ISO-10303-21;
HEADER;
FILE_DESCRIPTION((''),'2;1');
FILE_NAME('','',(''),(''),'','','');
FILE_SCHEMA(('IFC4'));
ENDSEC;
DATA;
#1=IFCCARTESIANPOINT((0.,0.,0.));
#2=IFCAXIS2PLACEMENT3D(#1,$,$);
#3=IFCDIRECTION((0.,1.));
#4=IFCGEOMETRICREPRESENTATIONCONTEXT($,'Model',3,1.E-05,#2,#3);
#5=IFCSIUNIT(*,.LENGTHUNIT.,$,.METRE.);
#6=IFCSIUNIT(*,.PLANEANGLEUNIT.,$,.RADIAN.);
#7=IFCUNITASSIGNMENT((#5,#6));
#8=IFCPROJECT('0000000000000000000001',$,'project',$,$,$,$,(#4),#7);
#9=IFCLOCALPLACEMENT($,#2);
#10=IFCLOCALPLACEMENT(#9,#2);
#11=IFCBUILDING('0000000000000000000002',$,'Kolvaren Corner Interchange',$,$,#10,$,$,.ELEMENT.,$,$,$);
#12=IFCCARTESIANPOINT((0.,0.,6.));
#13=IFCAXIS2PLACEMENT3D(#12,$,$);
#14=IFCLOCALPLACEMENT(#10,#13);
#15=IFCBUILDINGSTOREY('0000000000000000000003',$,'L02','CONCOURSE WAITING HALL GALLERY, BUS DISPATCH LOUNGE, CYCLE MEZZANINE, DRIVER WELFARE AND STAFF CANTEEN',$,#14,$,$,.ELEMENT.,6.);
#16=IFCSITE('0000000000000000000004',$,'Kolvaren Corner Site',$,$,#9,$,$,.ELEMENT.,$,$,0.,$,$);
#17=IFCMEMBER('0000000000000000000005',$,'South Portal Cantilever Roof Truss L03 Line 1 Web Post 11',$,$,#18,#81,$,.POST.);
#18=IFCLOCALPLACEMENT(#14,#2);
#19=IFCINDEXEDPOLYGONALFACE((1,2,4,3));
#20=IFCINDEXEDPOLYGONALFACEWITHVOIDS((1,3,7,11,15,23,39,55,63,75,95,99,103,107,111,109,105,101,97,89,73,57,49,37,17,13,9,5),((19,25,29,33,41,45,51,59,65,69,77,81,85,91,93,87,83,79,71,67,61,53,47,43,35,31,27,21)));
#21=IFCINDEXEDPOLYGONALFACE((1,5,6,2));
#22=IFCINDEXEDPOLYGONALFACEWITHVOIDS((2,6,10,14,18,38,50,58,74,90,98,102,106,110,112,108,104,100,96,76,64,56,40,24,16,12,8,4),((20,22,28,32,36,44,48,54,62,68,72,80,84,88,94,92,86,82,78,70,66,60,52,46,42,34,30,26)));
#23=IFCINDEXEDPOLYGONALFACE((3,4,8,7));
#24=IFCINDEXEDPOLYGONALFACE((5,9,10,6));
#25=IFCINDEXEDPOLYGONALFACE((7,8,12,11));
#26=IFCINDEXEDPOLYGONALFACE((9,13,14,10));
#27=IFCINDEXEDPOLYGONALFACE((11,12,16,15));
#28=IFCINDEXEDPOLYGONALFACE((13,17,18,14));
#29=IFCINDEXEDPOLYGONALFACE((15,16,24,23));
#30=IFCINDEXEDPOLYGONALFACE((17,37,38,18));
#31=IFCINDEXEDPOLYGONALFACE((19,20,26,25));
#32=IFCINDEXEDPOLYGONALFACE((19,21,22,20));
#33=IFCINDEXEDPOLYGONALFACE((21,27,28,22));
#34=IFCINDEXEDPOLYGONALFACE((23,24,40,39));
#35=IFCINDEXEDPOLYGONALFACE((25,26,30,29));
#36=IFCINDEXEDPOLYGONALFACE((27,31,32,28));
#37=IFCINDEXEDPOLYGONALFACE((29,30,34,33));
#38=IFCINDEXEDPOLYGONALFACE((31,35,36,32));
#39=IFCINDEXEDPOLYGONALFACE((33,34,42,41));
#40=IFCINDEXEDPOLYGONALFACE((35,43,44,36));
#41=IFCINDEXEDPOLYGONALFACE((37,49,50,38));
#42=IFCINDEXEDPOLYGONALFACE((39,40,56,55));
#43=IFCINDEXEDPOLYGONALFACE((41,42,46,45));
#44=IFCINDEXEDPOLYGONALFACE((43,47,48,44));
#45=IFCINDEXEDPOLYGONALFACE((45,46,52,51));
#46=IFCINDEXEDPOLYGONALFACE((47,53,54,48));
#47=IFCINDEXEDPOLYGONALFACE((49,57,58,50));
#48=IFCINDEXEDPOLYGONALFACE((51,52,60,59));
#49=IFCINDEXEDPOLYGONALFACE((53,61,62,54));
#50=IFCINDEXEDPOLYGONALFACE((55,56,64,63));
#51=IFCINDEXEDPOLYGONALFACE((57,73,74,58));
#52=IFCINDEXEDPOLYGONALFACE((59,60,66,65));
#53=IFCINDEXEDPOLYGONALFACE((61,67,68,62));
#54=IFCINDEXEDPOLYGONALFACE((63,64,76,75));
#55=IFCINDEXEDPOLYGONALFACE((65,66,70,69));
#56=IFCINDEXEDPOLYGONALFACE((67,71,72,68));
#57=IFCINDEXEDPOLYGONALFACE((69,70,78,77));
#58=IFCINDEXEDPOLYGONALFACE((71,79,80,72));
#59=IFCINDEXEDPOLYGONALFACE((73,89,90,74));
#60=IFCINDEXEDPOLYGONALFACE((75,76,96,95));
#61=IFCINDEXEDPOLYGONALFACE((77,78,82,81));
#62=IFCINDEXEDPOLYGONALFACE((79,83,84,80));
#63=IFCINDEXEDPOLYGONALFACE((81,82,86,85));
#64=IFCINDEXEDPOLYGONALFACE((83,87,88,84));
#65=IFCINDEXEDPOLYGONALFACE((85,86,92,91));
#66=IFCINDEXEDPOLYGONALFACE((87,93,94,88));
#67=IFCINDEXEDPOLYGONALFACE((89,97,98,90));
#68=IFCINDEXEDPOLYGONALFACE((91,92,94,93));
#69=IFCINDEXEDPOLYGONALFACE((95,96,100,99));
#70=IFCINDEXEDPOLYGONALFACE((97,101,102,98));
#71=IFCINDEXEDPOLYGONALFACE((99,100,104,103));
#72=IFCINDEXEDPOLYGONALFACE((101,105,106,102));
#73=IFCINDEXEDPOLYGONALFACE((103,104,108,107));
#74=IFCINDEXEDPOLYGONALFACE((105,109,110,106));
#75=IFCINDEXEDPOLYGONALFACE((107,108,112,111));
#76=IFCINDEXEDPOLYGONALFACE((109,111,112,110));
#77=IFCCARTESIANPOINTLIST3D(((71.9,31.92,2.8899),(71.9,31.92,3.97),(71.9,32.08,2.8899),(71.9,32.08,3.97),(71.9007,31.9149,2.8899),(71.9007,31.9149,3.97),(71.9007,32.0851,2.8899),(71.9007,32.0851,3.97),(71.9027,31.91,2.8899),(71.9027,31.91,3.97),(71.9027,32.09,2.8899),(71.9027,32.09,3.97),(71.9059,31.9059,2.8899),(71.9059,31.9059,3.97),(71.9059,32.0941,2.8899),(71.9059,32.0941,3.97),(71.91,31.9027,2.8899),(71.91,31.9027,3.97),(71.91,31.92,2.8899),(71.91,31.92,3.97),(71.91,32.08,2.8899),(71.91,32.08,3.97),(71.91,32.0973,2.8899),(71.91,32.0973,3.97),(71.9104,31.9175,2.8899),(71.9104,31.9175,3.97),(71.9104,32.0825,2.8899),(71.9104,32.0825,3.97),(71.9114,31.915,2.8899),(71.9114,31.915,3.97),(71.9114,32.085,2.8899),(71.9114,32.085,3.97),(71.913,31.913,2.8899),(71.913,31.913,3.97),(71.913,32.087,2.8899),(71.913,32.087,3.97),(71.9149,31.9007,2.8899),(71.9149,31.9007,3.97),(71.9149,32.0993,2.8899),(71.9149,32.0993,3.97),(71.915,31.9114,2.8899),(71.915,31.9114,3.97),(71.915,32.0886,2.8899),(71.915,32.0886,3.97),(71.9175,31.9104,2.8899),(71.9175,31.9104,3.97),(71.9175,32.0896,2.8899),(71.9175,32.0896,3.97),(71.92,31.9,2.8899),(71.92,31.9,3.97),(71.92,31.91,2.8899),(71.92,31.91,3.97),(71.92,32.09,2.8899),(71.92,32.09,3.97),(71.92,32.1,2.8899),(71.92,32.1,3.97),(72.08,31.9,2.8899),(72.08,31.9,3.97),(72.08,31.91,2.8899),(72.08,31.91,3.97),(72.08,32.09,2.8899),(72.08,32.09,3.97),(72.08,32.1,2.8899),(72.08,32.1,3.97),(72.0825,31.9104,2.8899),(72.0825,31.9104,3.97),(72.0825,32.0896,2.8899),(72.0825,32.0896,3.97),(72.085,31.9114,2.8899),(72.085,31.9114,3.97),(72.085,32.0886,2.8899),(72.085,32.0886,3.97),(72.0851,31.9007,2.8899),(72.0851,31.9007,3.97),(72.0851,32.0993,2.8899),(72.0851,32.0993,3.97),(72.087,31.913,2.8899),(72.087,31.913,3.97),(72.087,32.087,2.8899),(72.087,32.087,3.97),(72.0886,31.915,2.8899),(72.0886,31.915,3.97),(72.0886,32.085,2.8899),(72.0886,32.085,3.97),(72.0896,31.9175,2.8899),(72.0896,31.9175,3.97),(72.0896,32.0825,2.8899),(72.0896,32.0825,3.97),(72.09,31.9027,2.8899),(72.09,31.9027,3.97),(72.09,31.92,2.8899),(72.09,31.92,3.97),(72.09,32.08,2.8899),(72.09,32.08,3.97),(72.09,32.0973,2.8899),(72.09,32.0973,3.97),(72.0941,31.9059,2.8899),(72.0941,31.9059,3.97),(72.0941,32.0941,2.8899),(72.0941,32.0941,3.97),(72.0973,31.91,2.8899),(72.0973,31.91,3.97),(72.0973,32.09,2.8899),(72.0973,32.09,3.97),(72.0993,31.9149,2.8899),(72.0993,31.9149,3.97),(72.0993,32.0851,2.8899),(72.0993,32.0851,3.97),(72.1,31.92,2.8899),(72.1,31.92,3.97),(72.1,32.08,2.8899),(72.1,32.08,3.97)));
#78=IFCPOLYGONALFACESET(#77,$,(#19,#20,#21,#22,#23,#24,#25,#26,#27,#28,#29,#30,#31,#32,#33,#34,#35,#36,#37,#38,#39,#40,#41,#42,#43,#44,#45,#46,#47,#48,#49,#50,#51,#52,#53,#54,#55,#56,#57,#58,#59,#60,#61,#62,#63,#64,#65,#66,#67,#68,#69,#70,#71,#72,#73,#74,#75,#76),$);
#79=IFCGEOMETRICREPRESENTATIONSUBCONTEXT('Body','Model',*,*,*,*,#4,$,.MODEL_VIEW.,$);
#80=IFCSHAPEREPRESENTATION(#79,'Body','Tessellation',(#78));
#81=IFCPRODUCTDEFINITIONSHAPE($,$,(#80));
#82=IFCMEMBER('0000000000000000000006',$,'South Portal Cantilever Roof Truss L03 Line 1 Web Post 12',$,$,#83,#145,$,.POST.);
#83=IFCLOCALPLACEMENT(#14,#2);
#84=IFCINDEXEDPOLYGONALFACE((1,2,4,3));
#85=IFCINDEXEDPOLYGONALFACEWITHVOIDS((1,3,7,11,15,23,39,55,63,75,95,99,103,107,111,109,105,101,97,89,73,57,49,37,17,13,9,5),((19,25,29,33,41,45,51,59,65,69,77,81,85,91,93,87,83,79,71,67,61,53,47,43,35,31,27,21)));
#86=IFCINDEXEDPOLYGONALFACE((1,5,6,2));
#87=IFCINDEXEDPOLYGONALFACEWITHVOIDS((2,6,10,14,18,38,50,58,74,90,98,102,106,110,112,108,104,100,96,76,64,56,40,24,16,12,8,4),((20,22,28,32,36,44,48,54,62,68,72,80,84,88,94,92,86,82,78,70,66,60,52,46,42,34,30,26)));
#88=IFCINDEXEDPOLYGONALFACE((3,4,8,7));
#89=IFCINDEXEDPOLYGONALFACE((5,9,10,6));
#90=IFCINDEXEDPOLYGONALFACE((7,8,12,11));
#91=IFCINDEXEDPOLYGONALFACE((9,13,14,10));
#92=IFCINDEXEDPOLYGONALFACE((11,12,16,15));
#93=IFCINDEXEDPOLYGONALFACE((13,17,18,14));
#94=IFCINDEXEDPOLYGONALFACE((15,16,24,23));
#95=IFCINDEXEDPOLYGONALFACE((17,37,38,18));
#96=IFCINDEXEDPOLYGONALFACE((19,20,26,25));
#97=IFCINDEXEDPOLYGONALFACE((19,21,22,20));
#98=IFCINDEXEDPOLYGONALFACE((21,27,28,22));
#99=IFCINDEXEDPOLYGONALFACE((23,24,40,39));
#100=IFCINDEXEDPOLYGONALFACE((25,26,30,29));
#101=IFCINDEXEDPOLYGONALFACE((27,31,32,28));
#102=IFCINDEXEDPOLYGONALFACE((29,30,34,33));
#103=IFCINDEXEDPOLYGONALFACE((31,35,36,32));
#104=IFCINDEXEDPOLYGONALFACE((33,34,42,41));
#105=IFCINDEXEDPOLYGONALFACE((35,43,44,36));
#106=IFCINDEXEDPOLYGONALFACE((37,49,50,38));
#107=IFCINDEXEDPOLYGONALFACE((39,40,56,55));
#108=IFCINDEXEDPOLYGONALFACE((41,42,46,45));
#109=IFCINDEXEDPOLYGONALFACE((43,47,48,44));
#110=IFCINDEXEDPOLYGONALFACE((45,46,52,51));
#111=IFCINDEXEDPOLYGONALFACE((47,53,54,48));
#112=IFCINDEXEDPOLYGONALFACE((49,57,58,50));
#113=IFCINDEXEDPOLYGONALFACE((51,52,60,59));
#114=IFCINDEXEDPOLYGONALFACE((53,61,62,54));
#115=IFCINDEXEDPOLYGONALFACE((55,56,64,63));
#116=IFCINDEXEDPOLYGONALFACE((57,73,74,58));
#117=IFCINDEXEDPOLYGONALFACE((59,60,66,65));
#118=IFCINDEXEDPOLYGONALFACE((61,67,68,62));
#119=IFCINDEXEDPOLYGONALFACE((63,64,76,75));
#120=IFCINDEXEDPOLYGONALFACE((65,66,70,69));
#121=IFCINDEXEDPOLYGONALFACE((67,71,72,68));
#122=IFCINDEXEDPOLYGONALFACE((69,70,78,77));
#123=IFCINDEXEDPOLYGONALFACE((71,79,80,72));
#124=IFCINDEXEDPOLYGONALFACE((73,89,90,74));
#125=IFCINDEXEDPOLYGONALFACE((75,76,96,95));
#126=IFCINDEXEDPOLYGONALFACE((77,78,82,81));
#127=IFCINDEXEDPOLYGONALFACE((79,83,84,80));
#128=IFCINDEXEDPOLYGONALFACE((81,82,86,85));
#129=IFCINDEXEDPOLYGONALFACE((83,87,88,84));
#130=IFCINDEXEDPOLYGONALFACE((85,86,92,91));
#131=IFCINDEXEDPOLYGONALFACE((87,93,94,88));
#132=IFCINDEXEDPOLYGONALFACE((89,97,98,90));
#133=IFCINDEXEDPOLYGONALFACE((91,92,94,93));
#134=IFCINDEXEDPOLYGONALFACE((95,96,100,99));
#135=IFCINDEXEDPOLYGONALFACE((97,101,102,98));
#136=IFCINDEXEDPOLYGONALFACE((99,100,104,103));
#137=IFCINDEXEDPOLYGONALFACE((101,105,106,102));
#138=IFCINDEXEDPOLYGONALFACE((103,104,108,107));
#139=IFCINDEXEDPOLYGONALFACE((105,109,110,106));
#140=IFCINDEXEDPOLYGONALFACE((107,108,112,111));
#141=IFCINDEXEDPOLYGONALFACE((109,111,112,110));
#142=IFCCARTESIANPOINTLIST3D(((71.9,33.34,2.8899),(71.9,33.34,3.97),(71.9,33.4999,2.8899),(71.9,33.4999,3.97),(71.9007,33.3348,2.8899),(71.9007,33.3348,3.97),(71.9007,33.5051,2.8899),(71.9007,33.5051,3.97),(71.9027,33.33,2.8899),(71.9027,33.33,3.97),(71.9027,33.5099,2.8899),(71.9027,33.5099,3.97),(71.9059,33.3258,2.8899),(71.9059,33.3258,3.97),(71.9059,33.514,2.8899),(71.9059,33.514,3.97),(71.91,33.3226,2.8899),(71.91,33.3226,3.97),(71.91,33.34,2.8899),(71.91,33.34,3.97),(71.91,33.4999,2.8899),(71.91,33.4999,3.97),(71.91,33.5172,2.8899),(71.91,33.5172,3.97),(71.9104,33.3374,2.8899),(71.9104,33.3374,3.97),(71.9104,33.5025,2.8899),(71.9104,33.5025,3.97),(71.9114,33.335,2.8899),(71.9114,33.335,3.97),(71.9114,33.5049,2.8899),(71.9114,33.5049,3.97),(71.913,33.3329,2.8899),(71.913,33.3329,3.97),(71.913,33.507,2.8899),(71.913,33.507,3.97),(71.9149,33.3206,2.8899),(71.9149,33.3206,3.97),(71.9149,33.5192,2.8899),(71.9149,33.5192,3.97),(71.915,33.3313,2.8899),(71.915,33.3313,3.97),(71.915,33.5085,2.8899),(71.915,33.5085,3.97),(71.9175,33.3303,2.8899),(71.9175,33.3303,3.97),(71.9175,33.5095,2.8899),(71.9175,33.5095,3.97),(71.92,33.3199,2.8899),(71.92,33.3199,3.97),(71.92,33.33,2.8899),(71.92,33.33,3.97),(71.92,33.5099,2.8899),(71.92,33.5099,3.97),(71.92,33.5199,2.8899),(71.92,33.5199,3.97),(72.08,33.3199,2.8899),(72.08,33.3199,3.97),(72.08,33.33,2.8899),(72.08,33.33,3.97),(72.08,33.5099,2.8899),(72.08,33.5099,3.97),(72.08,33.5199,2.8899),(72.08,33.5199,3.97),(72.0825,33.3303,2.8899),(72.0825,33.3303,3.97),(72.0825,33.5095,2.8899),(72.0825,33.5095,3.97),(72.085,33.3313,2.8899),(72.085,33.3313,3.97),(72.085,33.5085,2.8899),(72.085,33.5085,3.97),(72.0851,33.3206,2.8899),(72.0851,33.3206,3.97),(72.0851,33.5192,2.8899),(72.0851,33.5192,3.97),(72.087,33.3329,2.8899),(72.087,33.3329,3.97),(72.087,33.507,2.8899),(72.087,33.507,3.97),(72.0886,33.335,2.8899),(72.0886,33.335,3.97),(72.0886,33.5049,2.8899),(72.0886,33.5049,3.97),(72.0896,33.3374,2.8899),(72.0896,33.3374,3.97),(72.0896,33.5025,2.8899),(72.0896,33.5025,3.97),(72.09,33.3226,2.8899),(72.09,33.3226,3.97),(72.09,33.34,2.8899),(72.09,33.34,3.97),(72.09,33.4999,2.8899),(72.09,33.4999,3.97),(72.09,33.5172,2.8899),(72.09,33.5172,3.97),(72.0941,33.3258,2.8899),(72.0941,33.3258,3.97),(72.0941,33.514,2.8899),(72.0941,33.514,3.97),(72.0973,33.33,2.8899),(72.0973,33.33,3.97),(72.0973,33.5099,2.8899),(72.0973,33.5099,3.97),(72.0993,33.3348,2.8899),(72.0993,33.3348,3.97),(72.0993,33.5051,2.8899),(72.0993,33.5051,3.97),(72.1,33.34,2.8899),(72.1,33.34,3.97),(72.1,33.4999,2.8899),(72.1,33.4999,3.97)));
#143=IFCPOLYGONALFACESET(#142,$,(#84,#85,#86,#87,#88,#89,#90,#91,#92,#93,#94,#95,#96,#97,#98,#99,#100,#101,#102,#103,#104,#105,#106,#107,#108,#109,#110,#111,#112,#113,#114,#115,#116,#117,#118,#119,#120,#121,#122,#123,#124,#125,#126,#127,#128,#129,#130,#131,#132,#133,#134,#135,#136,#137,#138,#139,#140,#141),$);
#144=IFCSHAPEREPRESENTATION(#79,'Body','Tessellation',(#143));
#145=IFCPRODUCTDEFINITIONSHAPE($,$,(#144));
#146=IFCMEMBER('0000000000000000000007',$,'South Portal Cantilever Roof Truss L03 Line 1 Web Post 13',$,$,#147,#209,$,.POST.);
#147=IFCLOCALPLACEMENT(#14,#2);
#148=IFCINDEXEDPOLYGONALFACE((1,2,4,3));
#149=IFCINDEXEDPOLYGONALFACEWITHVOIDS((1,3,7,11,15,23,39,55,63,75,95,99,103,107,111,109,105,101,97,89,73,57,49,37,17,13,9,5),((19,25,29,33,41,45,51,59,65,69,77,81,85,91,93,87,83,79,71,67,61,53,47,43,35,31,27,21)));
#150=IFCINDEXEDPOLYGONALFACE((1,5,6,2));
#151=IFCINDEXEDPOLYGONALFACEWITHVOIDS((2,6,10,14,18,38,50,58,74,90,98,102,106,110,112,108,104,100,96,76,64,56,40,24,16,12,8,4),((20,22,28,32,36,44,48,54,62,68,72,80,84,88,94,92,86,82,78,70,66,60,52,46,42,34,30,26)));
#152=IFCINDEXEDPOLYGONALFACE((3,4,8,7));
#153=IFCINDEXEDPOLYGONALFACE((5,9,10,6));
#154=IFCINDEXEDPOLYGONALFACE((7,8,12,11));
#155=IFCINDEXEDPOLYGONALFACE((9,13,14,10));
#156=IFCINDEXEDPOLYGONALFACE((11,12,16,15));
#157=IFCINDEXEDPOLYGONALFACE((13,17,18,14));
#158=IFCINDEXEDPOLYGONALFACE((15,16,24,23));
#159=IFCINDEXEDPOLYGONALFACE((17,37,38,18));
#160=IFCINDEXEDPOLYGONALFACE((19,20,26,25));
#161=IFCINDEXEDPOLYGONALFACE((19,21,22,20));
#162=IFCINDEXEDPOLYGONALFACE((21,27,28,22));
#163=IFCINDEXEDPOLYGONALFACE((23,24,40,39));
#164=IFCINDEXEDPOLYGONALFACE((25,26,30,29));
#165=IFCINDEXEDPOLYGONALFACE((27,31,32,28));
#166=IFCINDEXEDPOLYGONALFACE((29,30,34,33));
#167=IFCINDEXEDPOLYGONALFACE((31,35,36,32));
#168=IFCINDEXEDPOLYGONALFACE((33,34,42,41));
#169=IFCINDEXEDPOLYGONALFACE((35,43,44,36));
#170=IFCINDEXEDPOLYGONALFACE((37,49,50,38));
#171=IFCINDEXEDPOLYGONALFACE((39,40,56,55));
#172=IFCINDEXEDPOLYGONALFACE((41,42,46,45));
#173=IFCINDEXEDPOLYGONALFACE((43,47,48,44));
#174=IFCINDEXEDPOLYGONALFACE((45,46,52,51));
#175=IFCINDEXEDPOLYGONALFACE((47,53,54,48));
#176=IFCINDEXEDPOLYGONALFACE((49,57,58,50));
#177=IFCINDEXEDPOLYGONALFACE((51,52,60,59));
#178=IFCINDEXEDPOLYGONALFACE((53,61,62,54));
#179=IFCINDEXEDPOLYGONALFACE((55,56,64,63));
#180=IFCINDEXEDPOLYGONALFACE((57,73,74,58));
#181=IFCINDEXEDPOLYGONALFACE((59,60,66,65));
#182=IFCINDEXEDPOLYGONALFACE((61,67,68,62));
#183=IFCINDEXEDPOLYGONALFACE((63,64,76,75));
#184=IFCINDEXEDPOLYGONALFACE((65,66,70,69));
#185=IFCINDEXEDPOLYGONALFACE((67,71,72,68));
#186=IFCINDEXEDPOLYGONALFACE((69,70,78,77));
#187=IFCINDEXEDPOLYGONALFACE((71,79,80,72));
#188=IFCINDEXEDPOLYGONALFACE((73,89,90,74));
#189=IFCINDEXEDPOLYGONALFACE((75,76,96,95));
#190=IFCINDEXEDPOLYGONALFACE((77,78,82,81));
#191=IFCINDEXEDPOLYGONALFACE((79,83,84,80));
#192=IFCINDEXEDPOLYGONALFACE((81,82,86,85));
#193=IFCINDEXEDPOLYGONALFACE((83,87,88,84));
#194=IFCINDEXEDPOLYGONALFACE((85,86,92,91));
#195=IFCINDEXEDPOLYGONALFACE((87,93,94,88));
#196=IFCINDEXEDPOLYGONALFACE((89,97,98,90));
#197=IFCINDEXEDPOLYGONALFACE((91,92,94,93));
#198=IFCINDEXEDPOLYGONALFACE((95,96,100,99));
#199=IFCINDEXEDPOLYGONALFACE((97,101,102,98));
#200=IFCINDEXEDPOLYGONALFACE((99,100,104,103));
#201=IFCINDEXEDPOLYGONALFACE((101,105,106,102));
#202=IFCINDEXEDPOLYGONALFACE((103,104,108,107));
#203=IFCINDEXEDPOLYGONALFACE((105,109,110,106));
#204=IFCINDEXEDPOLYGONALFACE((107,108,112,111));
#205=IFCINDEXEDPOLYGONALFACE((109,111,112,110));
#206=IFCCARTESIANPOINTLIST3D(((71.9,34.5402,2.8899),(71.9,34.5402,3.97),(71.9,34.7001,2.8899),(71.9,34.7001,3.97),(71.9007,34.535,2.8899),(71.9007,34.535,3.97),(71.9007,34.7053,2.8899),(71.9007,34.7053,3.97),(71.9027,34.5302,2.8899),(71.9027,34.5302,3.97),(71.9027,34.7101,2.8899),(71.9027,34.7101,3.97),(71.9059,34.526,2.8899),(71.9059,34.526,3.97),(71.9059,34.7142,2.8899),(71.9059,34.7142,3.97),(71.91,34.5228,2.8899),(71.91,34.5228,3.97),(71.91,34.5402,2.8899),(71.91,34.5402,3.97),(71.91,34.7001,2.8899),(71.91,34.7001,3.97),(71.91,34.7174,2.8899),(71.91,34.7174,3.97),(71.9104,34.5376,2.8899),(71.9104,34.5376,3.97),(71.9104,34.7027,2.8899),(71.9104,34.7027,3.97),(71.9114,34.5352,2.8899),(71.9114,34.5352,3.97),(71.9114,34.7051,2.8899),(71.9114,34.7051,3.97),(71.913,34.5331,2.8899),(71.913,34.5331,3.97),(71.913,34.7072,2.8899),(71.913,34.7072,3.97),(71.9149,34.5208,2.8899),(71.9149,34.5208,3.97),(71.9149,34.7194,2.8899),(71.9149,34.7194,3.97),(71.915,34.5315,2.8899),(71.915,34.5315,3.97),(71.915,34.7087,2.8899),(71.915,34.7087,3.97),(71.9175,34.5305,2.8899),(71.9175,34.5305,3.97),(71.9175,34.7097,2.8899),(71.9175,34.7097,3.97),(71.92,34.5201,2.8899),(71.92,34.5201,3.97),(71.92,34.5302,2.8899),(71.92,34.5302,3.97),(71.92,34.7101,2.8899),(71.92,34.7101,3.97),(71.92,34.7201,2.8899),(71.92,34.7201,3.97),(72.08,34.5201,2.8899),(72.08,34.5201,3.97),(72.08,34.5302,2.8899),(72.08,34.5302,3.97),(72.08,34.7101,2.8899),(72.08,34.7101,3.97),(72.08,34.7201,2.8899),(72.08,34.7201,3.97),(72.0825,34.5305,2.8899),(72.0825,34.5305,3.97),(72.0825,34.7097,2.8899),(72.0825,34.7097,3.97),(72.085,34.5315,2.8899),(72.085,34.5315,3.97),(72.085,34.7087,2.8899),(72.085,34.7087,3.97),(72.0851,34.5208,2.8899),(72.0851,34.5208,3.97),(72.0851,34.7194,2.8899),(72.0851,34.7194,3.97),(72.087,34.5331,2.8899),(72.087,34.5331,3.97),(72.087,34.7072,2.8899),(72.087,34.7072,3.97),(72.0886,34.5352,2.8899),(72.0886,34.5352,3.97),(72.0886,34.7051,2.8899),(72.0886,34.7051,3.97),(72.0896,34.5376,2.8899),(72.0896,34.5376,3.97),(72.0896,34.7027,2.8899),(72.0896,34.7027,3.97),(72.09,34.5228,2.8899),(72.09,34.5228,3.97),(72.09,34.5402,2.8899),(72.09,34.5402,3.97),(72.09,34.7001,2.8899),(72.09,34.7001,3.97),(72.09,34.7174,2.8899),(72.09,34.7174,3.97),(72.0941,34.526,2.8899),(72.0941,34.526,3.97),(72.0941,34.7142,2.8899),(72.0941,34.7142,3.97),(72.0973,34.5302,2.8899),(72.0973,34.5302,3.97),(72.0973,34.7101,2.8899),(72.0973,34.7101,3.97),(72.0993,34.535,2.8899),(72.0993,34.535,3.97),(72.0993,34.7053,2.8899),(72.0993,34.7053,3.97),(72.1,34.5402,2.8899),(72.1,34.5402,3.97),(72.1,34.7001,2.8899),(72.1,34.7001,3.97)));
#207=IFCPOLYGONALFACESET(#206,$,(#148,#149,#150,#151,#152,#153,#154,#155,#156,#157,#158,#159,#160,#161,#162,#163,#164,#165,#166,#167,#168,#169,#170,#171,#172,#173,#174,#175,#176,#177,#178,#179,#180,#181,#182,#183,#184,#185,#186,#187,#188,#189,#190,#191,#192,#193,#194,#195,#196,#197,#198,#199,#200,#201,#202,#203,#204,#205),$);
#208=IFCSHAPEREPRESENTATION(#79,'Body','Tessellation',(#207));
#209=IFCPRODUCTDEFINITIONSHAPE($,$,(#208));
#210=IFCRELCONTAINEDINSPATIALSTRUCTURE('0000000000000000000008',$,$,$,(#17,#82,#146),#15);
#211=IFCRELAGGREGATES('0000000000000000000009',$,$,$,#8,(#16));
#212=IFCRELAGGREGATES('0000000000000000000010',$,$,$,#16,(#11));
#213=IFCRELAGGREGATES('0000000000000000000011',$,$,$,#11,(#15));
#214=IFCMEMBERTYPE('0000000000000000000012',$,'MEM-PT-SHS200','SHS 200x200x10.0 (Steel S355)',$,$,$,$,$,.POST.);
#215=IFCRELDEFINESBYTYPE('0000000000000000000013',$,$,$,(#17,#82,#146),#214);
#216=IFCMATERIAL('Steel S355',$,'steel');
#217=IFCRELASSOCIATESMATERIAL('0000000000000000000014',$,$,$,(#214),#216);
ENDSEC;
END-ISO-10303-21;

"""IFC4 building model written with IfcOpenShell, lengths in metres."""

from ifc_helpers import new_model, si_unit, direction, frame, origin, origin_2d, place, context, subcontext, project, spatial, hollow_rectangle, extrude, material, material_profile, profile_set, type_object, element, save


model = new_model("IFC4")

# Units and contexts
model_context = context("Model", 3, precision=1e-05, world=origin(), true_north=direction((0.0, 1.0)))
body_context = subcontext(model_context, "Body", "Model", "MODEL_VIEW")
ifc_project = project(units=[si_unit("LENGTHUNIT", "METRE"), si_unit("PLANEANGLEUNIT", "RADIAN")], contexts=[model_context])

# Site, building, storey
site_placement = place(None, origin())
site = spatial("IfcSite", under=ifc_project, at=site_placement, Name="Kolvaren Corner Site", CompositionType="ELEMENT", RefElevation=0.0)
building_placement = place(site_placement, origin())
building = spatial("IfcBuilding", under=site, at=building_placement, Name="Kolvaren Corner Interchange", CompositionType="ELEMENT")
storey_placement = place(building_placement, frame((0.0, 0.0, 6.0)))
storey = spatial("IfcBuildingStorey", under=building, at=storey_placement, Name="L02", Description="CONCOURSE WAITING HALL GALLERY, BUS DISPATCH LOUNGE, CYCLE MEZZANINE, DRIVER WELFARE AND STAFF CANTEEN", CompositionType="ELEMENT", Elevation=6.0)

# Members
ifc_material_1 = material(Name="Steel S355", Category="steel")
ifc_material_profile_1 = material_profile(ifc_material_1, hollow_rectangle(XDim=0.2, YDim=0.2, WallThickness=0.01, InnerFilletRadius=0.01, OuterFilletRadius=0.02, at=origin_2d()), Name="SHS 200x200x10.0")
ifc_profile_set_1 = profile_set([ifc_material_profile_1], Name="Steel S355")
member_type_1 = type_object("IfcMemberType", Name="MEM-PT-SHS200", Description="SHS 200x200x10.0 (Steel S355)", PredefinedType="POST", material=ifc_profile_set_1)
for number, where, z_axis, x_axis, name in (
    (1, (72.0, 32.0, 2.8899), (0.0, 0.0, 1.0), (1.0, 0.0, 0.0), "South Portal Cantilever Roof Truss L03 Line 1 Web Post 11"),
    (2, (72.0, 33.4199, 2.8899), (0.0, 0.0, 1.0), (1.0, 0.0, 0.0), "South Portal Cantilever Roof Truss L03 Line 1 Web Post 12"),
    (3, (72.0, 34.6201, 2.8899), (0.0, 0.0, 1.0), (1.0, 0.0, 0.0), "South Portal Cantilever Roof Truss L03 Line 1 Web Post 13"),
):
    element("IfcMember", number, at=place(storey_placement, frame(where, z_axis=z_axis, x_axis=x_axis)), inside=storey, type_object=member_type_1, Name=name, PredefinedType="POST", context=body_context, shape_type="SweptSolid", body=[
        extrude(hollow_rectangle(XDim=0.2, YDim=0.2, WallThickness=0.01, InnerFilletRadius=0.01, OuterFilletRadius=0.02, at=origin_2d()), origin(), (0.0, 0.0, 1.0), 1.0801),
    ])

save(model, "model.ifc")
